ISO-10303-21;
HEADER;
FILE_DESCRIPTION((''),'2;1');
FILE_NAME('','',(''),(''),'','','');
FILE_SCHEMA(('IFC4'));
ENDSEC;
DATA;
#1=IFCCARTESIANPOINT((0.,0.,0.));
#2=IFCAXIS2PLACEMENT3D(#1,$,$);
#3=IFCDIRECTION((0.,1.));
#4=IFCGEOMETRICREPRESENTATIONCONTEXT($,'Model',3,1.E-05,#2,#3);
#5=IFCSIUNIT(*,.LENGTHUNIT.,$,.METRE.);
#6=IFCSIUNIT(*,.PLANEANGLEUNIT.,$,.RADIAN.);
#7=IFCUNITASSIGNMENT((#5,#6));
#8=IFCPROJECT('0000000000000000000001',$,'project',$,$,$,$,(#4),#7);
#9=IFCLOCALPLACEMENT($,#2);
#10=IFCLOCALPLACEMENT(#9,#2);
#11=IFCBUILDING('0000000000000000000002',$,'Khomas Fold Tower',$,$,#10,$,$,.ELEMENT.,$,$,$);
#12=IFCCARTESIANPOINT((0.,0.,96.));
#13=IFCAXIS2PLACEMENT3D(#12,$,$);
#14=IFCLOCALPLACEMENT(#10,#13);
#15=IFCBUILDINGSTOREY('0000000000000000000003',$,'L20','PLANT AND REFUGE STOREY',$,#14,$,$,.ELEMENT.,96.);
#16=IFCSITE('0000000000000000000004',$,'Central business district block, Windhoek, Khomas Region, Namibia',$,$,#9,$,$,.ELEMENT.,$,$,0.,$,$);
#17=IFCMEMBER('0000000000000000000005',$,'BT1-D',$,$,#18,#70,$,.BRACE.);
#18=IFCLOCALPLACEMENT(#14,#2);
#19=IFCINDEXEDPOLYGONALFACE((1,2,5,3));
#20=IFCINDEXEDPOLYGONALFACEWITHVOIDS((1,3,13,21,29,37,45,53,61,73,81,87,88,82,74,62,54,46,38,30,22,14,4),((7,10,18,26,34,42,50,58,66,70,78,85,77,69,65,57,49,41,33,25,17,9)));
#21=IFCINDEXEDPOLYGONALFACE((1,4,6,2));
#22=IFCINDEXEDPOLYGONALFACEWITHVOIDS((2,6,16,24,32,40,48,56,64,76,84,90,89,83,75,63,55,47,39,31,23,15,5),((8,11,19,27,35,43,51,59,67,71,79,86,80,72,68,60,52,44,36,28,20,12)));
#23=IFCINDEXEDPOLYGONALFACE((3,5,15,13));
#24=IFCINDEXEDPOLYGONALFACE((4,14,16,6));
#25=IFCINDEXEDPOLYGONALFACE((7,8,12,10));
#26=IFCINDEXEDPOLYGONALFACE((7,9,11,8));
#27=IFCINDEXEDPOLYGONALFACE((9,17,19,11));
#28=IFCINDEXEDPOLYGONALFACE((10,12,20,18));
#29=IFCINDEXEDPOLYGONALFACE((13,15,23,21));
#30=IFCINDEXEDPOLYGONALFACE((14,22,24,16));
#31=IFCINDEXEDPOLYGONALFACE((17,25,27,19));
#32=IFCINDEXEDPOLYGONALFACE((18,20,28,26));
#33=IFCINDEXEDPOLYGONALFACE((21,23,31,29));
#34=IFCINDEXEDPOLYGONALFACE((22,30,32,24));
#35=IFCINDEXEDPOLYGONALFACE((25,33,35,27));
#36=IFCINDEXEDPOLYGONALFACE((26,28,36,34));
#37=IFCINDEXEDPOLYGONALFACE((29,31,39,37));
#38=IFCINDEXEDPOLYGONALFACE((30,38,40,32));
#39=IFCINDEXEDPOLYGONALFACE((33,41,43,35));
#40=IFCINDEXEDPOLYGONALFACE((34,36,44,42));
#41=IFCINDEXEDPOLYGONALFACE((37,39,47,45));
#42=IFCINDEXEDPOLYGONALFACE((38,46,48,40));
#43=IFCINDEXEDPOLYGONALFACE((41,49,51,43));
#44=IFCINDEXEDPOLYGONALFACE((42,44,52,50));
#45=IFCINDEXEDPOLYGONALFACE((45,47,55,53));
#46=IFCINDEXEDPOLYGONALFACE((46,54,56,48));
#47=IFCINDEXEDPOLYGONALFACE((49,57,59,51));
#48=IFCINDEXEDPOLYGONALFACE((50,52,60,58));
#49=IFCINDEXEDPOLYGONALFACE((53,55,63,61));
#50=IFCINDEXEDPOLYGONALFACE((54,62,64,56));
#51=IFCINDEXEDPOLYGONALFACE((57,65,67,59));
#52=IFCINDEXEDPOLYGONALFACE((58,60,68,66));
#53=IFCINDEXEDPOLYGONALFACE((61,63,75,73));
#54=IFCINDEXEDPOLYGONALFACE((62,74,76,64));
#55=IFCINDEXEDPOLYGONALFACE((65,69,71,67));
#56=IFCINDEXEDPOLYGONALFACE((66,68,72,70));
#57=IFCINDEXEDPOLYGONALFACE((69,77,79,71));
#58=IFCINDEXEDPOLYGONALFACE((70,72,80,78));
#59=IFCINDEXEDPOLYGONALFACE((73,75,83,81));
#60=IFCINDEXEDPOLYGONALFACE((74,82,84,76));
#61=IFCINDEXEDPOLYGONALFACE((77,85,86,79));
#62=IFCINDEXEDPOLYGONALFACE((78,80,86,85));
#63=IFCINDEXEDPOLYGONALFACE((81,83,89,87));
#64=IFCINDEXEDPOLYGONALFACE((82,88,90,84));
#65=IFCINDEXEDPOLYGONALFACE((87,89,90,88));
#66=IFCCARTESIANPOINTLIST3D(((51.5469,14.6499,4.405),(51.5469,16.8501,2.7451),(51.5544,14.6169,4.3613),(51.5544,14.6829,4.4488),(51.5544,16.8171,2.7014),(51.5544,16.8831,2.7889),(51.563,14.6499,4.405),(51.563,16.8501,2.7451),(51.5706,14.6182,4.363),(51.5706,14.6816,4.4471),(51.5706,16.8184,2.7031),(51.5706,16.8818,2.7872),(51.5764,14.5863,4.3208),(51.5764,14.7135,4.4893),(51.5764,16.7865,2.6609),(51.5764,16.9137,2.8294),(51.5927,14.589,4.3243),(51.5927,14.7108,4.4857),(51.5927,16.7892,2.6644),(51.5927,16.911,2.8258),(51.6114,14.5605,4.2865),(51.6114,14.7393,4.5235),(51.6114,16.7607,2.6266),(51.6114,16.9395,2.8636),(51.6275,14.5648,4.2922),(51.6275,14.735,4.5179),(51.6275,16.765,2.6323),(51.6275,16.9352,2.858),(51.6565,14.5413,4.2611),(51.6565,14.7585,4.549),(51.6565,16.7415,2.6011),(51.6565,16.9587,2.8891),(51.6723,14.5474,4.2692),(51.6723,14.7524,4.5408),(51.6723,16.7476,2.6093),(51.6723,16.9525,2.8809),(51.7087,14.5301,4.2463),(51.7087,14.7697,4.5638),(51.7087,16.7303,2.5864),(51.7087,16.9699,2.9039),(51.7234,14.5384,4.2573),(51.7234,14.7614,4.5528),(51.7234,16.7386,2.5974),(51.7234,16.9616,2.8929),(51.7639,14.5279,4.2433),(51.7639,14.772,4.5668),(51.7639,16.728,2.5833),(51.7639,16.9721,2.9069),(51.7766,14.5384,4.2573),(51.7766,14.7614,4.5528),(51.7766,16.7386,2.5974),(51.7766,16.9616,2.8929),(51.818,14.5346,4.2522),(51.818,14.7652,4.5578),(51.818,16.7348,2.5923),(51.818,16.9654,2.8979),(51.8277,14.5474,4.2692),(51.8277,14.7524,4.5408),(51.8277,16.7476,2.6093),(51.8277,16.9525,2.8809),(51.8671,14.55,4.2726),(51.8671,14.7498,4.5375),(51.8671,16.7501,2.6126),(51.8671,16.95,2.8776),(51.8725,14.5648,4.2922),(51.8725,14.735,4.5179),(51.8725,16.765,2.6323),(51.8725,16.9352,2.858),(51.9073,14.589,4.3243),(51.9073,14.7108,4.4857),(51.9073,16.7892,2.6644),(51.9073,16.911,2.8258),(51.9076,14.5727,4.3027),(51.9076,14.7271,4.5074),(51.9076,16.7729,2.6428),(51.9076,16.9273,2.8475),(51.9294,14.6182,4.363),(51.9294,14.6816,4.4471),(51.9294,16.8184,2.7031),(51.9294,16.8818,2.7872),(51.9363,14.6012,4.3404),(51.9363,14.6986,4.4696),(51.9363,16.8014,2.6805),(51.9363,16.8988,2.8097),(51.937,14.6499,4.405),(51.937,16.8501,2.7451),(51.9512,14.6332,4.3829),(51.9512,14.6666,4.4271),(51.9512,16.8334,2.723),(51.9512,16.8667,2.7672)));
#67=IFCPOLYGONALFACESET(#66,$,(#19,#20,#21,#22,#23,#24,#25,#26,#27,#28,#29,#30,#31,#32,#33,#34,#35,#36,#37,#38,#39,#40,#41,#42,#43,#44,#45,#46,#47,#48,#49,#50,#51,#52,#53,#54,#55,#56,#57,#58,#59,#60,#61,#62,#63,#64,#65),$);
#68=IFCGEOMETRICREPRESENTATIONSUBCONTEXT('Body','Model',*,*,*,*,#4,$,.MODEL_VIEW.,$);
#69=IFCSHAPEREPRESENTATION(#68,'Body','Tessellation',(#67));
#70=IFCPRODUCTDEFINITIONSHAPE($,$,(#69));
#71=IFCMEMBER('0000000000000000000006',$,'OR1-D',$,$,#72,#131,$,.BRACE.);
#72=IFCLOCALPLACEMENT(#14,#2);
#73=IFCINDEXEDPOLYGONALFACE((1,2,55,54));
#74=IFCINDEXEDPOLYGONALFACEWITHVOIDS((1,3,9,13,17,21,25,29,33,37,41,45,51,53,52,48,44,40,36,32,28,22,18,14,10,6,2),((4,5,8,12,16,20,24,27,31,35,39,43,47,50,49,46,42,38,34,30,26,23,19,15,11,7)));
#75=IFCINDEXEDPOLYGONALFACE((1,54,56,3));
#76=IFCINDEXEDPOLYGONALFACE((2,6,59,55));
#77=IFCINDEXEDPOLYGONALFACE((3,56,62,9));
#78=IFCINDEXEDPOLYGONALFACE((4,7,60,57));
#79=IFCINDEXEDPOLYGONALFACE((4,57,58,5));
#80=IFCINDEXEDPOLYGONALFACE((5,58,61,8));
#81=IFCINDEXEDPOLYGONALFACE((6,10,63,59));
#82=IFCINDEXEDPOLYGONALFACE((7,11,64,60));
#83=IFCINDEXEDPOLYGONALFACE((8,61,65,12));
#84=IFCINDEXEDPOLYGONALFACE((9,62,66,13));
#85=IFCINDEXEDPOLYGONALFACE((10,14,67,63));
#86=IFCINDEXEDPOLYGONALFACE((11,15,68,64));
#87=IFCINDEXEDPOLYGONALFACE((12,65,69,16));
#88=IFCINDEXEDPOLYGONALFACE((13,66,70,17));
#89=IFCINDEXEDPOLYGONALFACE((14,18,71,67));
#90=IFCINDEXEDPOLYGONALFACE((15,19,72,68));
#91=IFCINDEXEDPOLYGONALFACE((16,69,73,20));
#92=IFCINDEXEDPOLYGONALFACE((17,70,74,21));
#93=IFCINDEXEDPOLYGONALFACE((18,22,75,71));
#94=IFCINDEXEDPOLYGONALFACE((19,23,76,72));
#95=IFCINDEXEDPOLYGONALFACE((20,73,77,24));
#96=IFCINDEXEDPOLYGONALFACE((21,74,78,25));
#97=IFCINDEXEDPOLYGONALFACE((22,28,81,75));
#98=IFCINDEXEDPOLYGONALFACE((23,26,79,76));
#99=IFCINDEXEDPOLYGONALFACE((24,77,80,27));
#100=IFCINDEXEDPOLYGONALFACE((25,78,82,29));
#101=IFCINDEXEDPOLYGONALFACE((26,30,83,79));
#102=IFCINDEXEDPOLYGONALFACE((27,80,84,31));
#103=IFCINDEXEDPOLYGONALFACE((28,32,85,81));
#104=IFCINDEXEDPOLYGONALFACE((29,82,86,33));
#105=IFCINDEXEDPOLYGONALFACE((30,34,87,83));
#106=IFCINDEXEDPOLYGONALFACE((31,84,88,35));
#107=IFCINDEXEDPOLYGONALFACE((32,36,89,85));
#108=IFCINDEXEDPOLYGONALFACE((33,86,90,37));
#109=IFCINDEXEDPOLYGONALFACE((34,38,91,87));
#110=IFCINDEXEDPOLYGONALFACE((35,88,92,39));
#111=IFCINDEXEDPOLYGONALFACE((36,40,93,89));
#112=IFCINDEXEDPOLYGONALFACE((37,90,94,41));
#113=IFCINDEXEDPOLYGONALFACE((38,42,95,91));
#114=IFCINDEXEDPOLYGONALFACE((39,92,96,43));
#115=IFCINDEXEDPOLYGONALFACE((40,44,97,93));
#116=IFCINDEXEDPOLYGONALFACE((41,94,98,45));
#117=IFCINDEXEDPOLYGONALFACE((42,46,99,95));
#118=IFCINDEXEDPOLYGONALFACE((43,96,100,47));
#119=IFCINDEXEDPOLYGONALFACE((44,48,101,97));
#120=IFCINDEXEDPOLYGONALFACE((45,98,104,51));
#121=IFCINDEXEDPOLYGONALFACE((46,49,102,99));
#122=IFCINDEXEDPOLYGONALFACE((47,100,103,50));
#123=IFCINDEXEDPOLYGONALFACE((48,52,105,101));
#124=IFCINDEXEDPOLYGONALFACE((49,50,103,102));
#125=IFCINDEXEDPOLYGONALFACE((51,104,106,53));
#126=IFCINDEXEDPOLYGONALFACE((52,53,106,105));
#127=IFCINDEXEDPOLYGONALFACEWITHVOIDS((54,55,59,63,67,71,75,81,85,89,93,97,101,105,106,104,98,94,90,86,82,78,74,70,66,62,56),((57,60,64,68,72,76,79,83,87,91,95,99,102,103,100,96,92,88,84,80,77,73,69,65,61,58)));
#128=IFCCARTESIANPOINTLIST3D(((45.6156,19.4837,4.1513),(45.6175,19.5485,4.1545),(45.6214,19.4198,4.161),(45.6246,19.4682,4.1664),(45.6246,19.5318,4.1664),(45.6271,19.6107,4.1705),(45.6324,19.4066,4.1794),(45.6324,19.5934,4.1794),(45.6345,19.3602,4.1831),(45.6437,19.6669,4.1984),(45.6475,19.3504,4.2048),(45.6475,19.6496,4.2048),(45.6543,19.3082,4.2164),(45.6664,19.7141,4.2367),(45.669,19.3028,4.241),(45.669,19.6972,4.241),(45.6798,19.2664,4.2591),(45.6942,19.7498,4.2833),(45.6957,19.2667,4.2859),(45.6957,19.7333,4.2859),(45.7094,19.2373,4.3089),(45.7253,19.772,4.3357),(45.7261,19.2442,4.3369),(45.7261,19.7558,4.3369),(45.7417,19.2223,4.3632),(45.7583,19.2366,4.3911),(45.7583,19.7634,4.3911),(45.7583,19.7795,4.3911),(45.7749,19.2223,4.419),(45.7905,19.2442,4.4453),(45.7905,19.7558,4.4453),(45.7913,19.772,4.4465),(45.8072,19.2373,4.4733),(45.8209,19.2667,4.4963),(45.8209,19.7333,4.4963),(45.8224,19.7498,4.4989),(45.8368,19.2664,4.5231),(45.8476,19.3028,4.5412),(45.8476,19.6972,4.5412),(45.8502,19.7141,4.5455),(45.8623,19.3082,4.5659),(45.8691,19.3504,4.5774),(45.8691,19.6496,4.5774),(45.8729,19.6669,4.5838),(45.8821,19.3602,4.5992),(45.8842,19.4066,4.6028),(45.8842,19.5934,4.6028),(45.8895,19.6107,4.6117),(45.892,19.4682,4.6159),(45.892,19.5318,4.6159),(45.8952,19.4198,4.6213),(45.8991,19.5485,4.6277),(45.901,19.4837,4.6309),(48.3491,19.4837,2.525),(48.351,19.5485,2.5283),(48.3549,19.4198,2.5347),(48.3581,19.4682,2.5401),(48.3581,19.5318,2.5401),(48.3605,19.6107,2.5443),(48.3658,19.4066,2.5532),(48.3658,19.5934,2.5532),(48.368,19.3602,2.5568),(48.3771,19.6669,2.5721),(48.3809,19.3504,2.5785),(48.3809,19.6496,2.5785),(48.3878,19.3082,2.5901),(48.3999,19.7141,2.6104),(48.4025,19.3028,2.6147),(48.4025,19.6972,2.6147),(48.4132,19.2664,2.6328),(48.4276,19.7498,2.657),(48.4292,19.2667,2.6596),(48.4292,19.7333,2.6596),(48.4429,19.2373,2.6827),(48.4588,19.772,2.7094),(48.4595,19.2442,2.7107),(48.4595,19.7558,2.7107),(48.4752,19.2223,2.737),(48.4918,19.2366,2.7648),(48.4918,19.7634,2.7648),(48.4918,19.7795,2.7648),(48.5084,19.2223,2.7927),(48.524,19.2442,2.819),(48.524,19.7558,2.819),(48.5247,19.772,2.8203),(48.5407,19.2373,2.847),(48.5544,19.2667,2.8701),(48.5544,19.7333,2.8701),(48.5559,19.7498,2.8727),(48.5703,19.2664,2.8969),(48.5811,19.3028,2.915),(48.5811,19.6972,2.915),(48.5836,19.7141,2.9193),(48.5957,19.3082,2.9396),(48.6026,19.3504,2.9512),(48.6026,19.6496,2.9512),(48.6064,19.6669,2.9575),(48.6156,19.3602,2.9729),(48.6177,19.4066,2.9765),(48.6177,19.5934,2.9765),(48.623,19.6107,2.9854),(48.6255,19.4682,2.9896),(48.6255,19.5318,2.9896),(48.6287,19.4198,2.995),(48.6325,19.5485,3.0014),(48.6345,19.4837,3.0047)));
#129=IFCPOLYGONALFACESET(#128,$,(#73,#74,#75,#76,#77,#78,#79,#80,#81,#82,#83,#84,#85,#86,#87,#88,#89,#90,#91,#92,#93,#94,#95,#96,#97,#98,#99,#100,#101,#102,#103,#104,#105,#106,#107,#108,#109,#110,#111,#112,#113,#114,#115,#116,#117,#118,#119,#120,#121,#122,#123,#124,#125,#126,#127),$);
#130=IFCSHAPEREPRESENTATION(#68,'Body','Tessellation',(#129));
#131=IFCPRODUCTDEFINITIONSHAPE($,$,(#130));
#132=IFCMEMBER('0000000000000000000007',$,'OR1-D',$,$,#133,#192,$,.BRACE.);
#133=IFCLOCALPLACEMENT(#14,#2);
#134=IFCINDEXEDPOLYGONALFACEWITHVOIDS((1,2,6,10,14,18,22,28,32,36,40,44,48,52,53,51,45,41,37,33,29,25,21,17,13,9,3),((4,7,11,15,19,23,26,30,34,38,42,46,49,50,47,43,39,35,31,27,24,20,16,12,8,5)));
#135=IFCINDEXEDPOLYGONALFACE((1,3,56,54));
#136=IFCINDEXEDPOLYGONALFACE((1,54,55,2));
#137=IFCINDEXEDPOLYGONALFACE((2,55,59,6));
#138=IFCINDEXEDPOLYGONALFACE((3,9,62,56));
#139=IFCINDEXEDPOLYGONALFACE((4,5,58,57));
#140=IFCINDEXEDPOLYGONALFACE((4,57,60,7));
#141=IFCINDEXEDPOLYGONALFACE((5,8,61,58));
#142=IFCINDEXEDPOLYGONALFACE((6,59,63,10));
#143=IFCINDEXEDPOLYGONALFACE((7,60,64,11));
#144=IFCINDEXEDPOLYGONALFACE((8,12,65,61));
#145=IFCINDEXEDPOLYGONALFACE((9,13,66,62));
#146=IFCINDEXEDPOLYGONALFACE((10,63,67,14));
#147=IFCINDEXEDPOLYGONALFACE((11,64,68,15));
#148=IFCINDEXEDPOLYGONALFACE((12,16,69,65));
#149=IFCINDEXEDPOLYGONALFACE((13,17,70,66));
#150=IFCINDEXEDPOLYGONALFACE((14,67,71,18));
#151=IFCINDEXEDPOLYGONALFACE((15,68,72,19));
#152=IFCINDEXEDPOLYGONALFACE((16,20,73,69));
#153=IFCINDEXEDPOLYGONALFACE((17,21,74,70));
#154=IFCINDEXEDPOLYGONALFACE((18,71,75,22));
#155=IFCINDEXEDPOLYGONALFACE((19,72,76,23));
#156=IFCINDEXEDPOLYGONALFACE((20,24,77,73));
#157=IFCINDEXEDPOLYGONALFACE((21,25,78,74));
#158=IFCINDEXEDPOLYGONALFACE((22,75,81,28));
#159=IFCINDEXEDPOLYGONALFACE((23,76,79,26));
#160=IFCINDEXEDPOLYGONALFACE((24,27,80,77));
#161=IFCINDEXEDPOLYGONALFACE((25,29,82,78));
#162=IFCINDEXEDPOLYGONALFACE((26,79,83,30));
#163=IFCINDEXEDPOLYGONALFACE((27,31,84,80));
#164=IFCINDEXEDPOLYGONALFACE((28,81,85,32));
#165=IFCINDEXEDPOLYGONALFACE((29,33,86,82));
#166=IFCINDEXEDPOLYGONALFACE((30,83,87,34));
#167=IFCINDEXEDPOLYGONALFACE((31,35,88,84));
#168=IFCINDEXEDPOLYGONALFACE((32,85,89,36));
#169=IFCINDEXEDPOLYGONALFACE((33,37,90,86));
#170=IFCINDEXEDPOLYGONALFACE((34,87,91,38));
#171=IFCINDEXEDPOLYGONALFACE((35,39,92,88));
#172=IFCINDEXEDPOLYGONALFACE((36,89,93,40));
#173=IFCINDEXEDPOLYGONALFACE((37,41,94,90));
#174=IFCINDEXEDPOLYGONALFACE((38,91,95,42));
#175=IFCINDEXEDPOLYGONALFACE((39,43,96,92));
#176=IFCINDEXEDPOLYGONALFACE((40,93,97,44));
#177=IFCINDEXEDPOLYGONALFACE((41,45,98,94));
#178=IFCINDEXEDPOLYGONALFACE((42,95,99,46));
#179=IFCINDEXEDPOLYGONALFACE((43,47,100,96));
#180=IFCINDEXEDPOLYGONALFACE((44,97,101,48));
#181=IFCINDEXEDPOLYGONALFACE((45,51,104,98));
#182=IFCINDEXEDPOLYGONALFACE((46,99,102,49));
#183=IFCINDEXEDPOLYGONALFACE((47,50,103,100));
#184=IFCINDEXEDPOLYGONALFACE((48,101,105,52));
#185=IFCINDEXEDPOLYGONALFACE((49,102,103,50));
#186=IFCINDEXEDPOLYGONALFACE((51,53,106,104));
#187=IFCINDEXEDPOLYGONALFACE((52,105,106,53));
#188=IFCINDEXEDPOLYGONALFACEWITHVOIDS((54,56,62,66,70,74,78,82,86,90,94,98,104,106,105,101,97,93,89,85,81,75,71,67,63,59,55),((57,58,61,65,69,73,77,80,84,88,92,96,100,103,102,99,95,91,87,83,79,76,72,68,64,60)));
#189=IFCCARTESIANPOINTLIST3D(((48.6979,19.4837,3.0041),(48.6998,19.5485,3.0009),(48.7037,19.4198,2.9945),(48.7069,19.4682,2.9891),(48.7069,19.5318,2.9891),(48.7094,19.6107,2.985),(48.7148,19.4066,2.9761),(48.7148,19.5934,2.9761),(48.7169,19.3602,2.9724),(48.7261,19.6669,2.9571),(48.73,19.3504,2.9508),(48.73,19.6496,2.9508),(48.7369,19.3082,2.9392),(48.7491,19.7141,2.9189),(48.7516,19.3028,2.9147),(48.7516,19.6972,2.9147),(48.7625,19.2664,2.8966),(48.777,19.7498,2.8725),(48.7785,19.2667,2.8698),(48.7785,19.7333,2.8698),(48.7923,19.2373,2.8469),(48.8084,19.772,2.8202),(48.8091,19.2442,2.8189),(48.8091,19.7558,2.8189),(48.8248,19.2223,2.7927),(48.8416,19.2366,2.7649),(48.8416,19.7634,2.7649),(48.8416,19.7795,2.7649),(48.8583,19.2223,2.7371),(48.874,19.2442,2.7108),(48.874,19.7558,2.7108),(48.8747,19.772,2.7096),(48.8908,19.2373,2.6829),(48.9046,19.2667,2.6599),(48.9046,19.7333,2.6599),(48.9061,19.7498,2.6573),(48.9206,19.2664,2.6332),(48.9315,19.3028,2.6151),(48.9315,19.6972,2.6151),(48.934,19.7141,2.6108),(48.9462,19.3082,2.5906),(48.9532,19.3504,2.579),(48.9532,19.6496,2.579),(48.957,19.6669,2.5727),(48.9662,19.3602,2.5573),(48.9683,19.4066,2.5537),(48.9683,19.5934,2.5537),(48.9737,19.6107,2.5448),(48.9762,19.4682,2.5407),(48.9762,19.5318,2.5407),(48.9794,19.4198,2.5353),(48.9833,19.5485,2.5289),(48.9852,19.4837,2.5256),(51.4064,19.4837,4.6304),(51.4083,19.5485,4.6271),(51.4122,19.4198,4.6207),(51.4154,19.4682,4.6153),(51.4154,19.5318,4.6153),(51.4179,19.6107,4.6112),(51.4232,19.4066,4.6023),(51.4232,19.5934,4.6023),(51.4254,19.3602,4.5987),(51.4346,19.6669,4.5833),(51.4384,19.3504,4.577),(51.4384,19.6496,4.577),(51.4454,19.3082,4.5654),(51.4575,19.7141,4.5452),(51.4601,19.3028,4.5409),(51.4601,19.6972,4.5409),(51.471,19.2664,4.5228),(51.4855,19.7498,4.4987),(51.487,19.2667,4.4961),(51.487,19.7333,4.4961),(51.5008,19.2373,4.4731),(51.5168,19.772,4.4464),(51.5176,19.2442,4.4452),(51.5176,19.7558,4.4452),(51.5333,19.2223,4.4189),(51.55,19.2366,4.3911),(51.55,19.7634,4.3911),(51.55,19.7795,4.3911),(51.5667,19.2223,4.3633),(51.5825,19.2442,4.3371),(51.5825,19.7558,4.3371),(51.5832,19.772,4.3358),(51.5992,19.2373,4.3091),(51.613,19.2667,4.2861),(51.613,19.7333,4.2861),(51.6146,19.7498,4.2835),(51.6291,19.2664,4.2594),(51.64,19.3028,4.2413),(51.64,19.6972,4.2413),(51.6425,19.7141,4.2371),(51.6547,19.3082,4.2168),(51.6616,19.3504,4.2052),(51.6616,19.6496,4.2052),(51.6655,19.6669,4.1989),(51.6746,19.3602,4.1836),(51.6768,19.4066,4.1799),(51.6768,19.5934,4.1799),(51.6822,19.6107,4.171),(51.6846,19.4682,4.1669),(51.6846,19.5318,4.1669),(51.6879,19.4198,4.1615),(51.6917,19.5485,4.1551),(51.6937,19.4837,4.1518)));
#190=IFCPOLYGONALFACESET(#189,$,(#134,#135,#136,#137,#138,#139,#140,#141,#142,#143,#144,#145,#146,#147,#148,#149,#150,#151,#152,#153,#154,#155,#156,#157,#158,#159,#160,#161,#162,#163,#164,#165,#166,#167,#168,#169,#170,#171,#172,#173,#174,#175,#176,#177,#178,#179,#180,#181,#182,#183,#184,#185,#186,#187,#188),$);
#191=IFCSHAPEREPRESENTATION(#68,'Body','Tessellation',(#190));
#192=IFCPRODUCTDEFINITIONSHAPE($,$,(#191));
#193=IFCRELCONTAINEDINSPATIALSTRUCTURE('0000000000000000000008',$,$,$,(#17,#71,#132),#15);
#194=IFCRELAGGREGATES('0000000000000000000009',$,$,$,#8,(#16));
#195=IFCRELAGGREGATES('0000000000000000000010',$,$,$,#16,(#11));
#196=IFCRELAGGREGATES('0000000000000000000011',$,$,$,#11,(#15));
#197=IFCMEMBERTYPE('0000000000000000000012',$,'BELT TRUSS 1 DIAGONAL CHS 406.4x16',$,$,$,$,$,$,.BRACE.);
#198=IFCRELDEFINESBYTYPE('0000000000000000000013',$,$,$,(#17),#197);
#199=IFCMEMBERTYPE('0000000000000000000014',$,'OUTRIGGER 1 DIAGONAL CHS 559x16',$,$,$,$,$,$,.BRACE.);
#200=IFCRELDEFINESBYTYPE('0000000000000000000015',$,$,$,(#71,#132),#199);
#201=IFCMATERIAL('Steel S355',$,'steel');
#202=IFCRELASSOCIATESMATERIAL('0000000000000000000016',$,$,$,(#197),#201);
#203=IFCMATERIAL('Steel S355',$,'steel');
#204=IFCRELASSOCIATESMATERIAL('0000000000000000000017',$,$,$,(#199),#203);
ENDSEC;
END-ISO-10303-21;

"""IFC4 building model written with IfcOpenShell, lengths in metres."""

from ifc_helpers import new_model, si_unit, direction, frame, origin, origin_2d, place, context, subcontext, project, spatial, hollow_circle, extrude, source, transform, mapped, material, material_profile, profile_set, type_object, element, save


model = new_model("IFC4")

# Units and contexts
model_context = context("Model", 3, precision=1e-05, world=origin(), true_north=direction((0.0, 1.0)))
body_context = subcontext(model_context, "Body", "Model", "MODEL_VIEW")
ifc_project = project(units=[si_unit("LENGTHUNIT", "METRE"), si_unit("PLANEANGLEUNIT", "RADIAN")], contexts=[model_context])

# Site, building, storey
site_placement = place(None, origin())
site = spatial("IfcSite", under=ifc_project, at=site_placement, Name="Central business district block, Windhoek, Khomas Region, Namibia", CompositionType="ELEMENT", RefElevation=0.0)
building_placement = place(site_placement, origin())
building = spatial("IfcBuilding", under=site, at=building_placement, Name="Khomas Fold Tower", CompositionType="ELEMENT")
storey_placement = place(building_placement, frame((0.0, 0.0, 96.0)))
storey = spatial("IfcBuildingStorey", under=building, at=storey_placement, Name="L20", Description="PLANT AND REFUGE STOREY", CompositionType="ELEMENT", Elevation=96.0)

# Members
ifc_material_1 = material(Name="Steel S355", Category="steel")
ifc_material_profile_1 = material_profile(ifc_material_1, hollow_circle(Radius=0.2031, WallThickness=0.0161, at=origin_2d()), Name="CHS 406.4x16")
ifc_profile_set_1 = profile_set([ifc_material_profile_1], Name="Steel S355")
member_type_1 = type_object("IfcMemberType", Name="BELT TRUSS 1 DIAGONAL CHS 406.4x16", PredefinedType="BRACE", material=ifc_profile_set_1)
shared_shape_1 = source(origin(), body_context, "Body", "SweptSolid", [
    extrude(hollow_circle(Radius=0.2031, WallThickness=0.0161, at=origin_2d()), origin(), (0.0, 0.0, 1.0), 2.7561),
])
member_1_placement = place(storey_placement, frame((51.75, 14.6499, 4.405), z_axis=(0.0, 0.798296, -0.602265), x_axis=(-1.0, 0.0, 0.0)))
element("IfcMember", 1, at=member_1_placement, inside=storey, type_object=member_type_1, Name="BT1-D", PredefinedType="BRACE", context=body_context, shape_type="MappedRepresentation", body=[
    mapped(shared_shape_1, transform((0.0, 0.0, 0.0))),
])
ifc_material_2 = material(Name="Steel S355", Category="steel")
ifc_material_profile_2 = material_profile(ifc_material_2, hollow_circle(Radius=0.2795, WallThickness=0.0161, at=origin_2d()), Name="CHS 559x16")
ifc_profile_set_2 = profile_set([ifc_material_profile_2], Name="Steel S355")
member_type_2 = type_object("IfcMemberType", Name="OUTRIGGER 1 DIAGONAL CHS 559x16", PredefinedType="BRACE", material=ifc_profile_set_2)
shared_shape_2 = source(origin(), body_context, "Body", "SweptSolid", [
    extrude(hollow_circle(Radius=0.2795, WallThickness=0.0161, at=origin_2d()), origin(), (0.0, 0.0, 1.0), 3.1807),
])
member_2_placement = place(storey_placement, frame((45.7583, 19.5, 4.3911), z_axis=(0.859404, 0.0, -0.511298), x_axis=(0.0, 1.0, 0.0)))
element("IfcMember", 2, at=member_2_placement, inside=storey, type_object=member_type_2, Name="OR1-D", PredefinedType="BRACE", context=body_context, shape_type="MappedRepresentation", body=[
    mapped(shared_shape_2, transform((0.0, 0.0, 0.0))),
])
shared_shape_3 = source(origin(), body_context, "Body", "SweptSolid", [
    extrude(hollow_circle(Radius=0.2795, WallThickness=0.0161, at=origin_2d()), origin(), (0.0, 0.0, 1.0), 3.1592),
])
member_3_placement = place(storey_placement, frame((48.8416, 19.5, 2.7649), z_axis=(0.857336, 0.0, 0.514757), x_axis=(0.0, 1.0, 0.0)))
element("IfcMember", 3, at=member_3_placement, inside=storey, type_object=member_type_2, Name="OR1-D", PredefinedType="BRACE", context=body_context, shape_type="MappedRepresentation", body=[
    mapped(shared_shape_3, transform((0.0, 0.0, 0.0))),
])

save(model, "model.ifc")
